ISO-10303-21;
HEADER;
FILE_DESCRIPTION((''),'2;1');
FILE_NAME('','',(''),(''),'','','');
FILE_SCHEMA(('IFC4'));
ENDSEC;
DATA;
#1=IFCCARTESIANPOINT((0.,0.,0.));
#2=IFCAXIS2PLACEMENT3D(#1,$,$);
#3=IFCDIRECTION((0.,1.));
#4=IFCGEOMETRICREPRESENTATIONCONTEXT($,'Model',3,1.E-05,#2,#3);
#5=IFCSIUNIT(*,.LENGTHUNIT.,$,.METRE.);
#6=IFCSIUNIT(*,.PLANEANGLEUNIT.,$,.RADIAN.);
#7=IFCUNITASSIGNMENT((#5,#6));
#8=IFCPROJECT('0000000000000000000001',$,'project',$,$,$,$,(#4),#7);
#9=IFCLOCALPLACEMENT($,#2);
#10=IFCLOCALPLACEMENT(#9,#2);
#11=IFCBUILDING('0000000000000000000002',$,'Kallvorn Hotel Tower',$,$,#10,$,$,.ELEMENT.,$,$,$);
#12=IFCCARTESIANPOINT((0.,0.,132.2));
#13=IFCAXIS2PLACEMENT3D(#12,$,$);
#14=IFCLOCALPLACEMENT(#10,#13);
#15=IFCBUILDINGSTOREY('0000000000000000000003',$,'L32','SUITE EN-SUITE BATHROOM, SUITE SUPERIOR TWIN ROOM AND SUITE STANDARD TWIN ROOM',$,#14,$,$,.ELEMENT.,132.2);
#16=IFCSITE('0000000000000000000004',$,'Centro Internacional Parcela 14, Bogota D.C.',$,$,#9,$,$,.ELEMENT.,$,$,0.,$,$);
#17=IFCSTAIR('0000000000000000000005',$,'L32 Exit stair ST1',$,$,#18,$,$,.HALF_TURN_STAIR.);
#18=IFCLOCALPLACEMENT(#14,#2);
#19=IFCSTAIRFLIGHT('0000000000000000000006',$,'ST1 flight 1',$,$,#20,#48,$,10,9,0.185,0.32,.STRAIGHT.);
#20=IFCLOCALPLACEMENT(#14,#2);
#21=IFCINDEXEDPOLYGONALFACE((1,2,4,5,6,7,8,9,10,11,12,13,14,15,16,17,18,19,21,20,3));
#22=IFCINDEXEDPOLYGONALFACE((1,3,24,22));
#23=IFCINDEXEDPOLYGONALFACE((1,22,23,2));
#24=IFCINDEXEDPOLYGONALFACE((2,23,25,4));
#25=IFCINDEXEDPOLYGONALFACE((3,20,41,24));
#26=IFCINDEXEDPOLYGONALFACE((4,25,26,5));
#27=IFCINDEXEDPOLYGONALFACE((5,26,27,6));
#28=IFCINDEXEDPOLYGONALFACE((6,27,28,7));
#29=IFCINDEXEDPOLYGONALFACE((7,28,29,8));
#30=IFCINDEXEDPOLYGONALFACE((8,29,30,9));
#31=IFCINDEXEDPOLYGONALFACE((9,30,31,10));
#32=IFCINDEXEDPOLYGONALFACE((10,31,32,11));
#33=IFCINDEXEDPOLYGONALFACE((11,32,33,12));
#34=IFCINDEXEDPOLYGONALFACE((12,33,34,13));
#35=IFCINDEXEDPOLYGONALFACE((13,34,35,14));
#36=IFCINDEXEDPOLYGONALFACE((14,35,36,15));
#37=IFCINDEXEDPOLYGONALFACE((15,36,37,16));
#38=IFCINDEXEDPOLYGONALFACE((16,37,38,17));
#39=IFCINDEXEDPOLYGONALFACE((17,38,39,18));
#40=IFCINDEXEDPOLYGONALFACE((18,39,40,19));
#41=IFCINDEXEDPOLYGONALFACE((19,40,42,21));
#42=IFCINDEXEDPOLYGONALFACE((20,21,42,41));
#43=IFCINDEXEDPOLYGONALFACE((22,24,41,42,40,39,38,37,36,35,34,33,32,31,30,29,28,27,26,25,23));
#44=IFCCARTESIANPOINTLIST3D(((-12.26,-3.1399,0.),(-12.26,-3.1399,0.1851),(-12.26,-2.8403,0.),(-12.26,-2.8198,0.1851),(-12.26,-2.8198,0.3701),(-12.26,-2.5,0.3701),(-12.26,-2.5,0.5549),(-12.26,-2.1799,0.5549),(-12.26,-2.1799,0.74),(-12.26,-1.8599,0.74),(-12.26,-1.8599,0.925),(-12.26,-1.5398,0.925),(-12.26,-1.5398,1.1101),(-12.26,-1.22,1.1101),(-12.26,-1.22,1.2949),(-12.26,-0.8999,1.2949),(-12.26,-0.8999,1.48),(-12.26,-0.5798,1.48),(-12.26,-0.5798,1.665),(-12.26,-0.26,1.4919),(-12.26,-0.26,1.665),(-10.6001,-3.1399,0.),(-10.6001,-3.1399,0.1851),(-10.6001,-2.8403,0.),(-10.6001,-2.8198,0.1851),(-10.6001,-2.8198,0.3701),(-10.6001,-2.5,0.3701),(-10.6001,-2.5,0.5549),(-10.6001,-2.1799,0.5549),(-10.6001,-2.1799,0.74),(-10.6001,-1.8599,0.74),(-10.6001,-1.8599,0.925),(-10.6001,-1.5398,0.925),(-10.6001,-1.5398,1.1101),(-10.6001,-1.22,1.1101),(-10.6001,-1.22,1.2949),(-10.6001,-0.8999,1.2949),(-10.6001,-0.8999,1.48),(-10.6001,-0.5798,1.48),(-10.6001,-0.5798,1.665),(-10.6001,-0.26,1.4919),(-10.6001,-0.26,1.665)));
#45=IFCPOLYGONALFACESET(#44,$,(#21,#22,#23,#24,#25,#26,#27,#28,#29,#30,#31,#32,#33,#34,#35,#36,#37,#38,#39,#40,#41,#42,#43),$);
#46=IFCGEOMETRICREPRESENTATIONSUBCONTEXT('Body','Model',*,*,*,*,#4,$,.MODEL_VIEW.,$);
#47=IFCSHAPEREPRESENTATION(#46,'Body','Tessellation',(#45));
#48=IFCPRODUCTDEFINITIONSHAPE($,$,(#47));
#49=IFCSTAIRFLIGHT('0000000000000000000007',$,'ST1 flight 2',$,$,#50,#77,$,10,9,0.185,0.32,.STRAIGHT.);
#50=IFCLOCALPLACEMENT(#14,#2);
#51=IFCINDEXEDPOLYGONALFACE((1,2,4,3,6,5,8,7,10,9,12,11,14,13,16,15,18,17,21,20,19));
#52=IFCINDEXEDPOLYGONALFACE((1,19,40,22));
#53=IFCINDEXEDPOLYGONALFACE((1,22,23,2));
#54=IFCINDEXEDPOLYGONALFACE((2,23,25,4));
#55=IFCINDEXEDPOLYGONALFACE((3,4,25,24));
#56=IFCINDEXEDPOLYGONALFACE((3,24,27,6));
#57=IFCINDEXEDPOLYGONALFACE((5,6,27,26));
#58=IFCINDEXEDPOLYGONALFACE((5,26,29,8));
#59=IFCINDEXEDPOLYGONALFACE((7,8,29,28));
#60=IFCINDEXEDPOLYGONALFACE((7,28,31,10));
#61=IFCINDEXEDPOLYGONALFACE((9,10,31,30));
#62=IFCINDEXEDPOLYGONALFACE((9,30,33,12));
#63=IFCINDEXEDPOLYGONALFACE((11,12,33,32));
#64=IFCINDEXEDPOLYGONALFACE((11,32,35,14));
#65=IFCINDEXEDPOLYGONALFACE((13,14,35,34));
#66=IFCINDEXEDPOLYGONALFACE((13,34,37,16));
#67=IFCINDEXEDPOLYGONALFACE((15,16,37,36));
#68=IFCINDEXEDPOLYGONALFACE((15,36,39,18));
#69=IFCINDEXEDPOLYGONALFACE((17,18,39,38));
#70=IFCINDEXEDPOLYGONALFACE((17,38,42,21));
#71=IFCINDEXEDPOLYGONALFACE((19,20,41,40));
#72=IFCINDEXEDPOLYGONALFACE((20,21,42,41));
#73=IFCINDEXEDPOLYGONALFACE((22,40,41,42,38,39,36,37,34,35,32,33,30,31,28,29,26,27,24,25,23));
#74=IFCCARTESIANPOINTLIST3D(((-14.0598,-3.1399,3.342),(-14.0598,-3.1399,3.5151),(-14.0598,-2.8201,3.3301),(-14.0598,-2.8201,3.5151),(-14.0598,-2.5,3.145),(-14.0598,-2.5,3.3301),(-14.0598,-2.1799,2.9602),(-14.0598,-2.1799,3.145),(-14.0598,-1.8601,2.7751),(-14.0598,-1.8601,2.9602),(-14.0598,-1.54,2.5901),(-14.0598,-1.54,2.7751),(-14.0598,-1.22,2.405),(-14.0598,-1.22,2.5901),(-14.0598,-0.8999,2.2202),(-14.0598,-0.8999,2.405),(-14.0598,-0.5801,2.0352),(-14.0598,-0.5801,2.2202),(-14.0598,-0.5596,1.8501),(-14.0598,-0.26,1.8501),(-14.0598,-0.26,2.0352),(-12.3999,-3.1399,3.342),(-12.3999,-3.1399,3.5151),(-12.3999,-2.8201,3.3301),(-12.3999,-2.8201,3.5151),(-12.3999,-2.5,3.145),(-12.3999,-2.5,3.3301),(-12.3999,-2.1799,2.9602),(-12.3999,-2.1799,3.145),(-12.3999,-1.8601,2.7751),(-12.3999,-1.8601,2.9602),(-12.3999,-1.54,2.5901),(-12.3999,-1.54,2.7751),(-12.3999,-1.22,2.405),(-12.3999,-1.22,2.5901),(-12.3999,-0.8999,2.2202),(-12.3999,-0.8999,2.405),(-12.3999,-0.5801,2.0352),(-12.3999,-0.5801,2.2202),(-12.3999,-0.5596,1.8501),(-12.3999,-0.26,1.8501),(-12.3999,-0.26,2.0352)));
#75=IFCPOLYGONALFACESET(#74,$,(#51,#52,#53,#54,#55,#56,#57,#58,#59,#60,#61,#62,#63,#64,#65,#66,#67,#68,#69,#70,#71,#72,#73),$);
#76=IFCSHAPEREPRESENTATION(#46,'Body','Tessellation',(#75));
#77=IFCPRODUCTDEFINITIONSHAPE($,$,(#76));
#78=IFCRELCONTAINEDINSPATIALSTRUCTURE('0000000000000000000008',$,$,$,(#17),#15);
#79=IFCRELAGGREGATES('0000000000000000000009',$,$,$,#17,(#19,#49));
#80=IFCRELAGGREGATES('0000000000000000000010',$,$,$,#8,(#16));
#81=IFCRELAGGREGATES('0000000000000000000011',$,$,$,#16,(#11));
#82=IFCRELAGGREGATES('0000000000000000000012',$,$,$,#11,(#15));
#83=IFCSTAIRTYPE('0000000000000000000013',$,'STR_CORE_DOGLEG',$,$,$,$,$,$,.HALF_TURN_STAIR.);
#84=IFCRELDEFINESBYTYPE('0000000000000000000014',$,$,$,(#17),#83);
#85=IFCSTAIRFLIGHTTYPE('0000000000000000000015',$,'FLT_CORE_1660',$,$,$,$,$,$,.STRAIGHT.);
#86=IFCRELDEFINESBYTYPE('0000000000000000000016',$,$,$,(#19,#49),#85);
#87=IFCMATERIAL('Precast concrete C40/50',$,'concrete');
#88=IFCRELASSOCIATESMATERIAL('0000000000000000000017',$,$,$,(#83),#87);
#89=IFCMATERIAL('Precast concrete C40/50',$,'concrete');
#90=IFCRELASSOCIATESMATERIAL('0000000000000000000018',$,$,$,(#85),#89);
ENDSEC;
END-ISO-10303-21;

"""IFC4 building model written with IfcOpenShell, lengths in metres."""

from ifc_helpers import new_model, si_unit, direction, frame, origin, place, context, subcontext, project, spatial, polyline, outline, extrude, material, type_object, element, aggregate, save


model = new_model("IFC4")

# Units and contexts
model_context = context("Model", 3, precision=1e-05, world=origin(), true_north=direction((0.0, 1.0)))
body_context = subcontext(model_context, "Body", "Model", "MODEL_VIEW")
ifc_project = project(units=[si_unit("LENGTHUNIT", "METRE"), si_unit("PLANEANGLEUNIT", "RADIAN")], contexts=[model_context])

# Site, building, storey
site_placement = place(None, origin())
site = spatial("IfcSite", under=ifc_project, at=site_placement, Name="Centro Internacional Parcela 14, Bogota D.C.", CompositionType="ELEMENT", RefElevation=0.0)
building_placement = place(site_placement, origin())
building = spatial("IfcBuilding", under=site, at=building_placement, Name="Kallvorn Hotel Tower", CompositionType="ELEMENT")
storey_placement = place(building_placement, frame((0.0, 0.0, 132.2)))
storey = spatial("IfcBuildingStorey", under=building, at=storey_placement, Name="L32", Description="SUITE EN-SUITE BATHROOM, SUITE SUPERIOR TWIN ROOM AND SUITE STANDARD TWIN ROOM", CompositionType="ELEMENT", Elevation=132.2)

# Stair, stair flights
ifc_material_1 = material(Name="Precast concrete C40/50", Category="concrete")
stair_type = type_object("IfcStairType", Name="STR_CORE_DOGLEG", PredefinedType="HALF_TURN_STAIR", material=ifc_material_1)
stair_placement = place(storey_placement, origin())
stair = element("IfcStair", 1, at=stair_placement, inside=storey, type_object=stair_type, Name="L32 Exit stair ST1", PredefinedType="HALF_TURN_STAIR")
ifc_material_2 = material(Name="Precast concrete C40/50", Category="concrete")
stair_flight_type = type_object("IfcStairFlightType", Name="FLT_CORE_1660", PredefinedType="STRAIGHT", material=ifc_material_2)
stair_flight_1_placement = place(storey_placement, frame((-11.4299, -3.1399, 0.0), z_axis=(0.0, 0.0, 1.0), x_axis=(0.0, 1.0, 0.0)))
stair_flight_1 = element("IfcStairFlight", 2, at=stair_flight_1_placement, type_object=stair_flight_type, Name="ST1 flight 1", NumberOfRisers=10, NumberOfTreads=9, PredefinedType="STRAIGHT", RiserHeight=0.185, TreadLength=0.32, context=body_context, shape_type="SweptSolid", body=[
    extrude(outline(polyline([(0.0, 0.0), (0.0, 0.1851), (0.3201, 0.1851), (0.3201, 0.3701), (0.6399, 0.3701), (0.6399, 0.5549), (0.96, 0.5549), (0.96, 0.74), (1.28, 0.74), (1.28, 0.925), (1.6001, 0.925), (1.6001, 1.1101), (1.9199, 1.1101), (1.9199, 1.2949), (2.24, 1.2949), (2.24, 1.48), (2.5601, 1.48), (2.5601, 1.665), (2.8799, 1.665), (2.8799, 1.8501), (2.8799, 1.4919), (0.2996, 0.0), (0.0, 0.0)])), frame((0.0, 0.8301, 0.0), z_axis=(0.0, -1.0, 0.0), x_axis=(1.0, 0.0, 0.0)), (0.0, 0.0, 1.0), 1.6599),
])
stair_flight_2_placement = place(storey_placement, frame((-13.23, -0.26, 1.8501), z_axis=(0.0, 0.0, 1.0), x_axis=(0.0, -1.0, 0.0)))
stair_flight_2 = element("IfcStairFlight", 3, at=stair_flight_2_placement, type_object=stair_flight_type, Name="ST1 flight 2", NumberOfRisers=10, NumberOfTreads=9, PredefinedType="STRAIGHT", RiserHeight=0.185, TreadLength=0.32, context=body_context, shape_type="SweptSolid", body=[
    extrude(outline(polyline([(0.0, 0.0), (0.0, 0.1851), (0.3201, 0.1851), (0.3201, 0.3701), (0.6399, 0.3701), (0.6399, 0.5549), (0.96, 0.5549), (0.96, 0.74), (1.28, 0.74), (1.28, 0.925), (1.6001, 0.925), (1.6001, 1.1101), (1.9199, 1.1101), (1.9199, 1.2949), (2.24, 1.2949), (2.24, 1.48), (2.5601, 1.48), (2.5601, 1.665), (2.8799, 1.665), (2.8799, 1.8501), (2.8799, 1.4919), (0.2996, 0.0), (0.0, 0.0)])), frame((0.0, 0.8301, 0.0), z_axis=(0.0, -1.0, 0.0), x_axis=(1.0, 0.0, 0.0)), (0.0, 0.0, 1.0), 1.6599),
])
aggregate(stair, [stair_flight_1, stair_flight_2])

save(model, "model.ifc")
